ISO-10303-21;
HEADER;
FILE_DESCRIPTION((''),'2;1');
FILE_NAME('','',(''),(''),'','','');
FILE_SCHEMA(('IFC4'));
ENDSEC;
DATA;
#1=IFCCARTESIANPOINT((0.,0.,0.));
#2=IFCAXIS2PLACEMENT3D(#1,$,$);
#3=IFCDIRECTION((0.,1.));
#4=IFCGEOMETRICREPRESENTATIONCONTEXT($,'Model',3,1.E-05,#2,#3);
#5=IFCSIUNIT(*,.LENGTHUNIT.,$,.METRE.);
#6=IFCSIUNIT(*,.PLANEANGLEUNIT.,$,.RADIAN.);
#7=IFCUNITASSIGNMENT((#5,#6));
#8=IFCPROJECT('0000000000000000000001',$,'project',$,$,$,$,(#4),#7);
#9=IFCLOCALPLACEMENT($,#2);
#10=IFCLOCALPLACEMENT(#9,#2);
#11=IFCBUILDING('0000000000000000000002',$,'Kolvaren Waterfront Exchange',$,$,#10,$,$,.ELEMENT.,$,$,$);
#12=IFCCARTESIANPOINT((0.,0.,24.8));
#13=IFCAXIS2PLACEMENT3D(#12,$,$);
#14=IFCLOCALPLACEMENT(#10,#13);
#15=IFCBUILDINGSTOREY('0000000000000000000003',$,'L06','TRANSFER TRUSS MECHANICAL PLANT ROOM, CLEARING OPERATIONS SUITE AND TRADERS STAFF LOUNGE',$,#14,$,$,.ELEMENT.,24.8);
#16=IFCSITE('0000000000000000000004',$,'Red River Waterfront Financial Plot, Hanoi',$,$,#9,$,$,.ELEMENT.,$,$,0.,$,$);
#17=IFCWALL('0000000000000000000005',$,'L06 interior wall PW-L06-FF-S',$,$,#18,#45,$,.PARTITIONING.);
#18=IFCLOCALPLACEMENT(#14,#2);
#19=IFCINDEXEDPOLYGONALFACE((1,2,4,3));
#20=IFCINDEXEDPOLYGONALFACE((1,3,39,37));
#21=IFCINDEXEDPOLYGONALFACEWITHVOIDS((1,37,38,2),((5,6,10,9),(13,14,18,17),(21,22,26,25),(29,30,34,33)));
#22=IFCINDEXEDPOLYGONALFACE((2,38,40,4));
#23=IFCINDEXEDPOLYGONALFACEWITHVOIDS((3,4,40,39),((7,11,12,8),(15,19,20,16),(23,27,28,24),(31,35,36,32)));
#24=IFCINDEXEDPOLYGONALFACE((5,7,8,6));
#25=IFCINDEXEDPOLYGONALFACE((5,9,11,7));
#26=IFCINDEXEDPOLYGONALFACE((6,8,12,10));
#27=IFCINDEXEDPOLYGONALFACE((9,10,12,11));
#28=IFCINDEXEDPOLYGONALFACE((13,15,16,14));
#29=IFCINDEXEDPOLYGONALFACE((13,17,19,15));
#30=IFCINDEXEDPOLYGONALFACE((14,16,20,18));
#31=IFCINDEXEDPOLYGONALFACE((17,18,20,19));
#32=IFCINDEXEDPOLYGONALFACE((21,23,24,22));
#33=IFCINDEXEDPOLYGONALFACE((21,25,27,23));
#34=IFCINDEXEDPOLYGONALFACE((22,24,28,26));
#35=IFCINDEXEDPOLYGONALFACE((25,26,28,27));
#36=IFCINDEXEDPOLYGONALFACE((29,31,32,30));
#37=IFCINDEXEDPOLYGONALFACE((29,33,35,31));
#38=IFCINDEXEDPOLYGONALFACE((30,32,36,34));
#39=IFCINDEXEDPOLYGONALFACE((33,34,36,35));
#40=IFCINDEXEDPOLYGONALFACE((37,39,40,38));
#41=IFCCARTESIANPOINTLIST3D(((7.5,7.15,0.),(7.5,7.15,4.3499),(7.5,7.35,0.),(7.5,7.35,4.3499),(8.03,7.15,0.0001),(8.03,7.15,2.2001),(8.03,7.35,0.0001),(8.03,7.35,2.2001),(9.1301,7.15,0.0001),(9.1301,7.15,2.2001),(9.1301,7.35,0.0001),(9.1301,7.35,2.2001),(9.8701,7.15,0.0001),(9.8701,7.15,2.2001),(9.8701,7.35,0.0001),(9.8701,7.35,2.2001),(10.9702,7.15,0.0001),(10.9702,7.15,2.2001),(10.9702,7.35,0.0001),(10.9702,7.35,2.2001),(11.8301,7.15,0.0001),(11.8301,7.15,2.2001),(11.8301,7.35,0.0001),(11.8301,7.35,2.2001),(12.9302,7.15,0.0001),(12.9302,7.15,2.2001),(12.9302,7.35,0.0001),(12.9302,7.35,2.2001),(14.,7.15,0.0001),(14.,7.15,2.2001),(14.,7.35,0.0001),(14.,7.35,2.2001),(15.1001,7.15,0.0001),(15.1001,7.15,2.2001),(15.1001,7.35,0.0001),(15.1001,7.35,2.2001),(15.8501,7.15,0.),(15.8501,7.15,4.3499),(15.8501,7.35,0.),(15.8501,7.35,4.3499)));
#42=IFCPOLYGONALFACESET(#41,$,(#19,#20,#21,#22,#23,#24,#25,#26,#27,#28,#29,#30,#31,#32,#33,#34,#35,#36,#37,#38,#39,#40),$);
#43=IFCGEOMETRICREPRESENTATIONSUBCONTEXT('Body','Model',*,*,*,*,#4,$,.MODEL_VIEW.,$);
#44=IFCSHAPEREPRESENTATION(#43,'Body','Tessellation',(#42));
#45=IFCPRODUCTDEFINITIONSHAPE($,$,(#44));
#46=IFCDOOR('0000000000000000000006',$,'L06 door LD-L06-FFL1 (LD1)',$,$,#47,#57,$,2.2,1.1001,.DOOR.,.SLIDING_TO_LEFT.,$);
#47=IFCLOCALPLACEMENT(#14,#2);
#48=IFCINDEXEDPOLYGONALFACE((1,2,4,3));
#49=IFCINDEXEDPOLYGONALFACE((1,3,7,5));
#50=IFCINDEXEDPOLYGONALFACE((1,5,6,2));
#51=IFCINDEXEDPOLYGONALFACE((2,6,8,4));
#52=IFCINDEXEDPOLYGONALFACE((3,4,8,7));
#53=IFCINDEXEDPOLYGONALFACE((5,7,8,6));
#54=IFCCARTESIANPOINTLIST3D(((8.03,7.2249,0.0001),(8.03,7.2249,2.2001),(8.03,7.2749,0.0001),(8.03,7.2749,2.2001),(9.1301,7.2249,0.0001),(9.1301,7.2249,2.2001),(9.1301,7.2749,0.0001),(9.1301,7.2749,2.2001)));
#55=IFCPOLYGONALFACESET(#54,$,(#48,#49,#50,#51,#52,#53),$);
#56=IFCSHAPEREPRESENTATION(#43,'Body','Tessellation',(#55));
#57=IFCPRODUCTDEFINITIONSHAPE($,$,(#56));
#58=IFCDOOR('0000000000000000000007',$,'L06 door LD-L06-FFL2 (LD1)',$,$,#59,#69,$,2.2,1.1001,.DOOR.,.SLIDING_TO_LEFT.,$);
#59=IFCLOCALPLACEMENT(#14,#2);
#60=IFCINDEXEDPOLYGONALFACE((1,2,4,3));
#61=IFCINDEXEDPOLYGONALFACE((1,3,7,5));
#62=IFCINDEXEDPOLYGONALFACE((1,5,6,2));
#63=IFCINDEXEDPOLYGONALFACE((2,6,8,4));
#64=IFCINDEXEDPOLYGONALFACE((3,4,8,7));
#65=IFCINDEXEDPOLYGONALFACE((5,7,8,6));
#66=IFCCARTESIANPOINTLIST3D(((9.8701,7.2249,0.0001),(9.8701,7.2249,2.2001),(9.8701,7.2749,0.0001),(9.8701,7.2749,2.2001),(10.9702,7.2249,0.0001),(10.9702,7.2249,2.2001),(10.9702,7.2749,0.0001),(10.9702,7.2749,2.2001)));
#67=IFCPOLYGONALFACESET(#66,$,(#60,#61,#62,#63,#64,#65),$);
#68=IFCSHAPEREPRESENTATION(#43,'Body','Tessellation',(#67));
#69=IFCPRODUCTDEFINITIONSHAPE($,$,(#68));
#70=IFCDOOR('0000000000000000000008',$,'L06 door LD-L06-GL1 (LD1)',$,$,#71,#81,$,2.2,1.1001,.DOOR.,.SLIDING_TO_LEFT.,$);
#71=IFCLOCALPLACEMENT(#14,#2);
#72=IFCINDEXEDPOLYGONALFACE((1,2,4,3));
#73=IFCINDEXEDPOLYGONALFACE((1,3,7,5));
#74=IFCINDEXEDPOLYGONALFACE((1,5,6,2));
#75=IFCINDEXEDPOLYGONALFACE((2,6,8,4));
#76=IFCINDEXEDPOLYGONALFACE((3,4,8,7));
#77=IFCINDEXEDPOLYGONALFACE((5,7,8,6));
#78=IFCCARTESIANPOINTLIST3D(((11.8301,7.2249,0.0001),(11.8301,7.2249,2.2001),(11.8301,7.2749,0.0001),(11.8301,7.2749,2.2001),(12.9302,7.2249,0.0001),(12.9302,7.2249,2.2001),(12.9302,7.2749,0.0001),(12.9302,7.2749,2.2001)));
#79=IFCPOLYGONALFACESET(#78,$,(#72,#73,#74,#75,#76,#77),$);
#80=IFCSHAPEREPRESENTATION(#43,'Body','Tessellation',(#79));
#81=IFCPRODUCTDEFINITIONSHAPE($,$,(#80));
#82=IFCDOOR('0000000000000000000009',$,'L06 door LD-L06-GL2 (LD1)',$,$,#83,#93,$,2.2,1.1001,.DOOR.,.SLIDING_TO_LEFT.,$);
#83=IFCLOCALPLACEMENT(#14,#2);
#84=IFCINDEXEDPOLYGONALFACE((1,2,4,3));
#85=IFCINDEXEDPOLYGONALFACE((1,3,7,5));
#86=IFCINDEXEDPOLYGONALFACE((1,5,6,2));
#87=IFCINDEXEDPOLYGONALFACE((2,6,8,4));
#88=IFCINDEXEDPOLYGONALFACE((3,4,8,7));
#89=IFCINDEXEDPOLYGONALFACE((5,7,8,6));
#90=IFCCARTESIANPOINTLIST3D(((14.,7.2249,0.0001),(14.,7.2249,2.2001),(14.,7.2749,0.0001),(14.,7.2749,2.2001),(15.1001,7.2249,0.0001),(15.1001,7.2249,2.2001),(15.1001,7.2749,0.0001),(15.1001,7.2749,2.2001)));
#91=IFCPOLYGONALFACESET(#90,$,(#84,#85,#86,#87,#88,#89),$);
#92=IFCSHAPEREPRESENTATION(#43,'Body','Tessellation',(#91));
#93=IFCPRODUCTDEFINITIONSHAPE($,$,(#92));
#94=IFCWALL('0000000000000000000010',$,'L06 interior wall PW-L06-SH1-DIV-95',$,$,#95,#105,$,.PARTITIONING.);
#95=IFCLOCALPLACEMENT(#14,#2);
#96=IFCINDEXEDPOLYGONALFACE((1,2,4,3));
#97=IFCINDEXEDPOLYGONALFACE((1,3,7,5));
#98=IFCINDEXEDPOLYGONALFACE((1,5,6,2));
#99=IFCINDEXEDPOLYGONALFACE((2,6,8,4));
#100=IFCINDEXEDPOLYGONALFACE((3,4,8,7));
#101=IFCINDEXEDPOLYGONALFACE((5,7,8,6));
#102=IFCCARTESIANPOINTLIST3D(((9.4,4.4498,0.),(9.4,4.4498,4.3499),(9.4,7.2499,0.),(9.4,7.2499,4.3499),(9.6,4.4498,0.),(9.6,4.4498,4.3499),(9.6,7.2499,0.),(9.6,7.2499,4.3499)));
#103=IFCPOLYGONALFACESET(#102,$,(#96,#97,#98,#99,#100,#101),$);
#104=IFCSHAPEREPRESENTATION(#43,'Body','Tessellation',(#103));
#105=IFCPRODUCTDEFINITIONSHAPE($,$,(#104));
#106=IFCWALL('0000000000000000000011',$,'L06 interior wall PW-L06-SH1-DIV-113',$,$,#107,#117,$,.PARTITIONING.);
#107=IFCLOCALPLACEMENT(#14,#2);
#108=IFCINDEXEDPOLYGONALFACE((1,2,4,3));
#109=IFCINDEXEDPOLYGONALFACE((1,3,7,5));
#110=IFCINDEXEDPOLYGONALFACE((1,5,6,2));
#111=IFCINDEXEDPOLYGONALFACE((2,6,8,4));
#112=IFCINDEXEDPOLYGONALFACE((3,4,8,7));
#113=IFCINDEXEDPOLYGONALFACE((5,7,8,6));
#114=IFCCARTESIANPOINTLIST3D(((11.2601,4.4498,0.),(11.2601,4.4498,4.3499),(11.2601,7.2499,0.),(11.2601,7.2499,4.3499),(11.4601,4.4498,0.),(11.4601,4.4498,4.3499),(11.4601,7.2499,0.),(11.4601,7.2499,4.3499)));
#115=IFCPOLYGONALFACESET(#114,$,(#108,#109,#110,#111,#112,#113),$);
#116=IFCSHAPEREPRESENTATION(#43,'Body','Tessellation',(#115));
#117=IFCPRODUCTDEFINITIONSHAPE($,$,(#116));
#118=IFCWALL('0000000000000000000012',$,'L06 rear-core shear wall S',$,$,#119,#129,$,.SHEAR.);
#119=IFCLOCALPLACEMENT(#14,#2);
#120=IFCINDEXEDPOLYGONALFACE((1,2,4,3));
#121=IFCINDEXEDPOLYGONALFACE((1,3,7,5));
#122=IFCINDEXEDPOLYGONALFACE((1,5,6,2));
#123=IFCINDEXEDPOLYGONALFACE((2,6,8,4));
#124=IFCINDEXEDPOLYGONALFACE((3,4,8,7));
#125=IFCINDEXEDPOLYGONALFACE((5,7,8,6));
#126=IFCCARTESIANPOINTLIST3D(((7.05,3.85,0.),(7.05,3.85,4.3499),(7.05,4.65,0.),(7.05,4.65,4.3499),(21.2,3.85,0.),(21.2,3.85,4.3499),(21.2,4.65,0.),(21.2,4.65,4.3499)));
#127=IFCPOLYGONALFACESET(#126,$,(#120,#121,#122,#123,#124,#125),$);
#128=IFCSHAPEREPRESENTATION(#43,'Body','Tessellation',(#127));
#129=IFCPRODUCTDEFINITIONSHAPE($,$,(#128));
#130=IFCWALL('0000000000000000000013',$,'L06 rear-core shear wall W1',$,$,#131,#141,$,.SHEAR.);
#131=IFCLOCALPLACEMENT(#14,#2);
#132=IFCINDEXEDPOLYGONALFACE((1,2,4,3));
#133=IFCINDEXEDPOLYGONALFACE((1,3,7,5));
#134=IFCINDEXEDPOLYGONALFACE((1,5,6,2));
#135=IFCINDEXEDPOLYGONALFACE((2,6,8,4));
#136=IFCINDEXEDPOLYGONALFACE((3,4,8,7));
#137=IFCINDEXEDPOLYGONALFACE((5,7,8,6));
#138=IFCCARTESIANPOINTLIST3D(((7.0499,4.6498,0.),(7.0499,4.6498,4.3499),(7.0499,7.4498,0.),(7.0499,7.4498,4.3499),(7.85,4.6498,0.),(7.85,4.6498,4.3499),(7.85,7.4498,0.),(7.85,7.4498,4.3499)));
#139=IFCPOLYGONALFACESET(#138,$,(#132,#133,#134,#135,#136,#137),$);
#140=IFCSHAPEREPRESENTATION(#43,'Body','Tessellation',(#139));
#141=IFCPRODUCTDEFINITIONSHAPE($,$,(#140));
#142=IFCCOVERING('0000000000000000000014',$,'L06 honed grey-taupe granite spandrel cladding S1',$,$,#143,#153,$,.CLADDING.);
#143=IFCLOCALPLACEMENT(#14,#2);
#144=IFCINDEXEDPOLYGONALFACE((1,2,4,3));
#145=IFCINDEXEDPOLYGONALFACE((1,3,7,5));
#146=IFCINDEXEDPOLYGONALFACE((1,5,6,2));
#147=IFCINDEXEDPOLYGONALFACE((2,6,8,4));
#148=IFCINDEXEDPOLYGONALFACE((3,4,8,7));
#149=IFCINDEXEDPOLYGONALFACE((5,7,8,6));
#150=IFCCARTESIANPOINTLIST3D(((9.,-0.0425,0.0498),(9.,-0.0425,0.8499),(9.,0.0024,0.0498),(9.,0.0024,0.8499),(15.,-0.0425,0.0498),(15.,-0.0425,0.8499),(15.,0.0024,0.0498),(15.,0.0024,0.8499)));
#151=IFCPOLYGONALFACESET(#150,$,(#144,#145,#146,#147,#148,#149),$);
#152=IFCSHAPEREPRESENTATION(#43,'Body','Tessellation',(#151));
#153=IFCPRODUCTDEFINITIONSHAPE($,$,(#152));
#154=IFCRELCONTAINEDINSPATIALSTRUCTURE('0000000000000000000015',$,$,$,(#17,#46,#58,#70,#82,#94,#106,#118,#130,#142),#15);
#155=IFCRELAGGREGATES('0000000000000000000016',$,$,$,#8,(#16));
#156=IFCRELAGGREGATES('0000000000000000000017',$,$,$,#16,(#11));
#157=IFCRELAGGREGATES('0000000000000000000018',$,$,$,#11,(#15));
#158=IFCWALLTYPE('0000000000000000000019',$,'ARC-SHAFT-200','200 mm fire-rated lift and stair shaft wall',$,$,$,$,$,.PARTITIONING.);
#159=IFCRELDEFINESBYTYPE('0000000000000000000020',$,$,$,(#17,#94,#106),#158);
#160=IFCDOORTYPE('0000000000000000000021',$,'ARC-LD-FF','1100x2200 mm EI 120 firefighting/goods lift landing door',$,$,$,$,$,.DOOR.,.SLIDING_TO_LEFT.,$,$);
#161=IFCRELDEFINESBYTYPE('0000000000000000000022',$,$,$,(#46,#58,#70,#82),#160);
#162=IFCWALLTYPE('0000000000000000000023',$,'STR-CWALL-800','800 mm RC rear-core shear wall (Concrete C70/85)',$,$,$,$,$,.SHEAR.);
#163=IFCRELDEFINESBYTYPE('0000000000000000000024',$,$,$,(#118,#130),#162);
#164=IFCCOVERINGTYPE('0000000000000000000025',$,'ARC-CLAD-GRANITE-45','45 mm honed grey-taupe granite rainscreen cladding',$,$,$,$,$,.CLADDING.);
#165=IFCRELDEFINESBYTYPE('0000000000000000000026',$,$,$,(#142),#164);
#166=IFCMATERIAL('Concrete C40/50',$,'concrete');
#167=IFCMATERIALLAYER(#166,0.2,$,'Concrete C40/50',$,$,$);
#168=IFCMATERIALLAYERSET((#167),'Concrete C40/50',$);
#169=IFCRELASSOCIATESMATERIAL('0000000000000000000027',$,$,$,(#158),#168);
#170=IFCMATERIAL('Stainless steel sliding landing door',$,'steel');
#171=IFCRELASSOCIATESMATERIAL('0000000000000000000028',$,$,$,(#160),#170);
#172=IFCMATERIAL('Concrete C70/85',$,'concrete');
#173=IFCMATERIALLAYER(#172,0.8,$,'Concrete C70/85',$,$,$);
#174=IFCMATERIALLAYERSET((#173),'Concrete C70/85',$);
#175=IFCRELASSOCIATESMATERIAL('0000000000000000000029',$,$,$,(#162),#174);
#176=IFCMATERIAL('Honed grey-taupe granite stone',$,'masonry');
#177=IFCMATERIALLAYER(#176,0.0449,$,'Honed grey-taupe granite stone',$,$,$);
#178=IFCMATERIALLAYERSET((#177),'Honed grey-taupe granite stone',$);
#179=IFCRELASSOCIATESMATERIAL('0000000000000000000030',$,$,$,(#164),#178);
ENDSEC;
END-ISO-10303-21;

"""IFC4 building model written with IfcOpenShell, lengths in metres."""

from ifc_helpers import new_model, si_unit, direction, frame, frame_2d, origin, origin_2d, place, context, subcontext, project, spatial, rectangle, extrude, material, layer, layer_set, type_object, element, fill, save


model = new_model("IFC4")

# Units and contexts
model_context = context("Model", 3, precision=1e-05, world=origin(), true_north=direction((0.0, 1.0)))
body_context = subcontext(model_context, "Body", "Model", "MODEL_VIEW")
ifc_project = project(units=[si_unit("LENGTHUNIT", "METRE"), si_unit("PLANEANGLEUNIT", "RADIAN")], contexts=[model_context])

# Site, building, storey
site_placement = place(None, origin())
site = spatial("IfcSite", under=ifc_project, at=site_placement, Name="Red River Waterfront Financial Plot, Hanoi", CompositionType="ELEMENT", RefElevation=0.0)
building_placement = place(site_placement, origin())
building = spatial("IfcBuilding", under=site, at=building_placement, Name="Kolvaren Waterfront Exchange", CompositionType="ELEMENT")
storey_placement = place(building_placement, frame((0.0, 0.0, 24.8)))
storey = spatial("IfcBuildingStorey", under=building, at=storey_placement, Name="L06", Description="TRANSFER TRUSS MECHANICAL PLANT ROOM, CLEARING OPERATIONS SUITE AND TRADERS STAFF LOUNGE", CompositionType="ELEMENT", Elevation=24.8)

# Shared definitions
ifc_material_1 = material(Name="Concrete C70/85", Category="concrete")

# Wall, openings, doors
ifc_material_2 = material(Name="Concrete C40/50", Category="concrete")
ifc_layer_1 = layer(ifc_material_2, 0.2, Name="Concrete C40/50")
ifc_layer_set_1 = layer_set([ifc_layer_1], Name="Concrete C40/50")
wall_type_1 = type_object("IfcWallType", Name="ARC-SHAFT-200", Description="200 mm fire-rated lift and stair shaft wall", PredefinedType="PARTITIONING", material=ifc_layer_set_1)
wall_1_placement = place(storey_placement, frame((7.5, 7.25, 0.0), z_axis=(0.0, 0.0, 1.0), x_axis=(1.0, 0.0, 0.0)))
wall_1 = element("IfcWall", 1, at=wall_1_placement, inside=storey, type_object=wall_type_1, Name="L06 interior wall PW-L06-FF-S", PredefinedType="PARTITIONING", context=body_context, shape_type="SweptSolid", body=[
    extrude(rectangle(XDim=8.3501, YDim=0.2, at=frame_2d((4.175, 0.0))), origin(), (0.0, 0.0, 1.0), 4.3499),
])
opening_1_placement = place(wall_1_placement, frame((0.53, 0.0, 0.0)))
opening_1 = element("IfcOpeningElement", 2, at=opening_1_placement, cuts=wall_1, PredefinedType="OPENING", context=body_context, shape_type="SweptSolid", body=[
    extrude(rectangle(XDim=1.1001, YDim=2.2, at=frame_2d((0.55, 1.1001))), frame((0.0, 0.1099, 0.0), z_axis=(0.0, -1.0, 0.0), x_axis=(1.0, 0.0, 0.0)), (0.0, 0.0, 1.0), 0.22),
])
opening_2_placement = place(wall_1_placement, frame((2.3701, 0.0, 0.0)))
opening_2 = element("IfcOpeningElement", 3, at=opening_2_placement, cuts=wall_1, PredefinedType="OPENING", context=body_context, shape_type="SweptSolid", body=[
    extrude(rectangle(XDim=1.1001, YDim=2.2, at=frame_2d((0.55, 1.1001))), frame((0.0, 0.1099, 0.0), z_axis=(0.0, -1.0, 0.0), x_axis=(1.0, 0.0, 0.0)), (0.0, 0.0, 1.0), 0.22),
])
opening_3_placement = place(wall_1_placement, frame((4.3301, 0.0, 0.0)))
opening_3 = element("IfcOpeningElement", 4, at=opening_3_placement, cuts=wall_1, PredefinedType="OPENING", context=body_context, shape_type="SweptSolid", body=[
    extrude(rectangle(XDim=1.1001, YDim=2.2, at=frame_2d((0.55, 1.1001))), frame((0.0, 0.1099, 0.0), z_axis=(0.0, -1.0, 0.0), x_axis=(1.0, 0.0, 0.0)), (0.0, 0.0, 1.0), 0.22),
])
opening_4_placement = place(wall_1_placement, frame((6.5, 0.0, 0.0)))
opening_4 = element("IfcOpeningElement", 5, at=opening_4_placement, cuts=wall_1, PredefinedType="OPENING", context=body_context, shape_type="SweptSolid", body=[
    extrude(rectangle(XDim=1.1001, YDim=2.2, at=frame_2d((0.55, 1.1001))), frame((0.0, 0.1099, 0.0), z_axis=(0.0, -1.0, 0.0), x_axis=(1.0, 0.0, 0.0)), (0.0, 0.0, 1.0), 0.22),
])
ifc_material_3 = material(Name="Stainless steel sliding landing door", Category="steel")
door_type_1 = type_object("IfcDoorType", Name="ARC-LD-FF", Description="1100x2200 mm EI 120 firefighting/goods lift landing door", OperationType="SLIDING_TO_LEFT", PredefinedType="DOOR", material=ifc_material_3)
door_1_placement = place(opening_1_placement, origin())
door_1 = element("IfcDoor", 6, at=door_1_placement, inside=storey, type_object=door_type_1, Name="L06 door LD-L06-FFL1 (LD1)", OperationType="SLIDING_TO_LEFT", OverallHeight=2.2, OverallWidth=1.1001, PredefinedType="DOOR", context=body_context, shape_type="SweptSolid", body=[
    extrude(rectangle(XDim=1.1001, YDim=2.2, at=frame_2d((0.55, 1.1001))), frame((0.0, 0.0249, 0.0), z_axis=(0.0, -1.0, 0.0), x_axis=(1.0, 0.0, 0.0)), (0.0, 0.0, 1.0), 0.05),
])
fill(opening_1, door_1)
door_2_placement = place(opening_2_placement, origin())
door_2 = element("IfcDoor", 7, at=door_2_placement, inside=storey, type_object=door_type_1, Name="L06 door LD-L06-FFL2 (LD1)", OperationType="SLIDING_TO_LEFT", OverallHeight=2.2, OverallWidth=1.1001, PredefinedType="DOOR", context=body_context, shape_type="SweptSolid", body=[
    extrude(rectangle(XDim=1.1001, YDim=2.2, at=frame_2d((0.55, 1.1001))), frame((0.0, 0.0249, 0.0), z_axis=(0.0, -1.0, 0.0), x_axis=(1.0, 0.0, 0.0)), (0.0, 0.0, 1.0), 0.05),
])
fill(opening_2, door_2)
door_3_placement = place(opening_3_placement, origin())
door_3 = element("IfcDoor", 8, at=door_3_placement, inside=storey, type_object=door_type_1, Name="L06 door LD-L06-GL1 (LD1)", OperationType="SLIDING_TO_LEFT", OverallHeight=2.2, OverallWidth=1.1001, PredefinedType="DOOR", context=body_context, shape_type="SweptSolid", body=[
    extrude(rectangle(XDim=1.1001, YDim=2.2, at=frame_2d((0.55, 1.1001))), frame((0.0, 0.0249, 0.0), z_axis=(0.0, -1.0, 0.0), x_axis=(1.0, 0.0, 0.0)), (0.0, 0.0, 1.0), 0.05),
])
fill(opening_3, door_3)
door_4_placement = place(opening_4_placement, origin())
door_4 = element("IfcDoor", 9, at=door_4_placement, inside=storey, type_object=door_type_1, Name="L06 door LD-L06-GL2 (LD1)", OperationType="SLIDING_TO_LEFT", OverallHeight=2.2, OverallWidth=1.1001, PredefinedType="DOOR", context=body_context, shape_type="SweptSolid", body=[
    extrude(rectangle(XDim=1.1001, YDim=2.2, at=frame_2d((0.55, 1.1001))), frame((0.0, 0.0249, 0.0), z_axis=(0.0, -1.0, 0.0), x_axis=(1.0, 0.0, 0.0)), (0.0, 0.0, 1.0), 0.05),
])
fill(opening_4, door_4)

# Walls
for number, where, z_axis, x_axis, name in (
    (10, (9.5, 4.45, 0.0), (0.0, 0.0, 1.0), (0.0, 1.0, 0.0), "L06 interior wall PW-L06-SH1-DIV-95"),
    (11, (11.3601, 4.45, 0.0), (0.0, 0.0, 1.0), (0.0, 1.0, 0.0), "L06 interior wall PW-L06-SH1-DIV-113"),
):
    element("IfcWall", number, at=place(storey_placement, frame(where, z_axis=z_axis, x_axis=x_axis)), inside=storey, type_object=wall_type_1, Name=name, PredefinedType="PARTITIONING", context=body_context, shape_type="SweptSolid", body=[
        extrude(rectangle(XDim=2.8, YDim=0.2, at=frame_2d((1.3999, 0.0))), origin(), (0.0, 0.0, 1.0), 4.3499),
    ])
ifc_layer_2 = layer(ifc_material_1, 0.8, Name="Concrete C70/85")
ifc_layer_set_2 = layer_set([ifc_layer_2], Name="Concrete C70/85")
wall_type_2 = type_object("IfcWallType", Name="STR-CWALL-800", Description="800 mm RC rear-core shear wall (Concrete C70/85)", PredefinedType="SHEAR", material=ifc_layer_set_2)
wall_2_placement = place(storey_placement, frame((7.05, 4.25, 0.0), z_axis=(0.0, 0.0, 1.0), x_axis=(1.0, 0.0, 0.0)))
element("IfcWall", 12, at=wall_2_placement, inside=storey, type_object=wall_type_2, Name="L06 rear-core shear wall S", PredefinedType="SHEAR", context=body_context, shape_type="SweptSolid", body=[
    extrude(rectangle(XDim=14.1499, YDim=0.8, at=frame_2d((7.075, 0.0))), origin(), (0.0, 0.0, 1.0), 4.3499),
])
wall_3_placement = place(storey_placement, frame((7.45, 4.6499, 0.0), z_axis=(0.0, 0.0, 1.0), x_axis=(0.0, 1.0, 0.0)))
element("IfcWall", 13, at=wall_3_placement, inside=storey, type_object=wall_type_2, Name="L06 rear-core shear wall W1", PredefinedType="SHEAR", context=body_context, shape_type="SweptSolid", body=[
    extrude(rectangle(XDim=2.8, YDim=0.8, at=frame_2d((1.3999, 0.0))), origin(), (0.0, 0.0, 1.0), 4.3499),
])

# Covering
ifc_material_4 = material(Name="Honed grey-taupe granite stone", Category="masonry")
ifc_layer_3 = layer(ifc_material_4, 0.0449, Name="Honed grey-taupe granite stone")
ifc_layer_set_3 = layer_set([ifc_layer_3], Name="Honed grey-taupe granite stone")
covering_type = type_object("IfcCoveringType", Name="ARC-CLAD-GRANITE-45", Description="45 mm honed grey-taupe granite rainscreen cladding", PredefinedType="CLADDING", material=ifc_layer_set_3)
covering_placement = place(storey_placement, frame((12.0, -0.02, 0.0498), z_axis=(0.0, 0.0, 1.0), x_axis=(1.0, 0.0, 0.0)))
element("IfcCovering", 14, at=covering_placement, inside=storey, type_object=covering_type, Name="L06 honed grey-taupe granite spandrel cladding S1", PredefinedType="CLADDING", context=body_context, shape_type="SweptSolid", body=[
    extrude(rectangle(XDim=6.0, YDim=0.0449, at=origin_2d()), origin(), (0.0, 0.0, 1.0), 0.8),
])

save(model, "model.ifc")
